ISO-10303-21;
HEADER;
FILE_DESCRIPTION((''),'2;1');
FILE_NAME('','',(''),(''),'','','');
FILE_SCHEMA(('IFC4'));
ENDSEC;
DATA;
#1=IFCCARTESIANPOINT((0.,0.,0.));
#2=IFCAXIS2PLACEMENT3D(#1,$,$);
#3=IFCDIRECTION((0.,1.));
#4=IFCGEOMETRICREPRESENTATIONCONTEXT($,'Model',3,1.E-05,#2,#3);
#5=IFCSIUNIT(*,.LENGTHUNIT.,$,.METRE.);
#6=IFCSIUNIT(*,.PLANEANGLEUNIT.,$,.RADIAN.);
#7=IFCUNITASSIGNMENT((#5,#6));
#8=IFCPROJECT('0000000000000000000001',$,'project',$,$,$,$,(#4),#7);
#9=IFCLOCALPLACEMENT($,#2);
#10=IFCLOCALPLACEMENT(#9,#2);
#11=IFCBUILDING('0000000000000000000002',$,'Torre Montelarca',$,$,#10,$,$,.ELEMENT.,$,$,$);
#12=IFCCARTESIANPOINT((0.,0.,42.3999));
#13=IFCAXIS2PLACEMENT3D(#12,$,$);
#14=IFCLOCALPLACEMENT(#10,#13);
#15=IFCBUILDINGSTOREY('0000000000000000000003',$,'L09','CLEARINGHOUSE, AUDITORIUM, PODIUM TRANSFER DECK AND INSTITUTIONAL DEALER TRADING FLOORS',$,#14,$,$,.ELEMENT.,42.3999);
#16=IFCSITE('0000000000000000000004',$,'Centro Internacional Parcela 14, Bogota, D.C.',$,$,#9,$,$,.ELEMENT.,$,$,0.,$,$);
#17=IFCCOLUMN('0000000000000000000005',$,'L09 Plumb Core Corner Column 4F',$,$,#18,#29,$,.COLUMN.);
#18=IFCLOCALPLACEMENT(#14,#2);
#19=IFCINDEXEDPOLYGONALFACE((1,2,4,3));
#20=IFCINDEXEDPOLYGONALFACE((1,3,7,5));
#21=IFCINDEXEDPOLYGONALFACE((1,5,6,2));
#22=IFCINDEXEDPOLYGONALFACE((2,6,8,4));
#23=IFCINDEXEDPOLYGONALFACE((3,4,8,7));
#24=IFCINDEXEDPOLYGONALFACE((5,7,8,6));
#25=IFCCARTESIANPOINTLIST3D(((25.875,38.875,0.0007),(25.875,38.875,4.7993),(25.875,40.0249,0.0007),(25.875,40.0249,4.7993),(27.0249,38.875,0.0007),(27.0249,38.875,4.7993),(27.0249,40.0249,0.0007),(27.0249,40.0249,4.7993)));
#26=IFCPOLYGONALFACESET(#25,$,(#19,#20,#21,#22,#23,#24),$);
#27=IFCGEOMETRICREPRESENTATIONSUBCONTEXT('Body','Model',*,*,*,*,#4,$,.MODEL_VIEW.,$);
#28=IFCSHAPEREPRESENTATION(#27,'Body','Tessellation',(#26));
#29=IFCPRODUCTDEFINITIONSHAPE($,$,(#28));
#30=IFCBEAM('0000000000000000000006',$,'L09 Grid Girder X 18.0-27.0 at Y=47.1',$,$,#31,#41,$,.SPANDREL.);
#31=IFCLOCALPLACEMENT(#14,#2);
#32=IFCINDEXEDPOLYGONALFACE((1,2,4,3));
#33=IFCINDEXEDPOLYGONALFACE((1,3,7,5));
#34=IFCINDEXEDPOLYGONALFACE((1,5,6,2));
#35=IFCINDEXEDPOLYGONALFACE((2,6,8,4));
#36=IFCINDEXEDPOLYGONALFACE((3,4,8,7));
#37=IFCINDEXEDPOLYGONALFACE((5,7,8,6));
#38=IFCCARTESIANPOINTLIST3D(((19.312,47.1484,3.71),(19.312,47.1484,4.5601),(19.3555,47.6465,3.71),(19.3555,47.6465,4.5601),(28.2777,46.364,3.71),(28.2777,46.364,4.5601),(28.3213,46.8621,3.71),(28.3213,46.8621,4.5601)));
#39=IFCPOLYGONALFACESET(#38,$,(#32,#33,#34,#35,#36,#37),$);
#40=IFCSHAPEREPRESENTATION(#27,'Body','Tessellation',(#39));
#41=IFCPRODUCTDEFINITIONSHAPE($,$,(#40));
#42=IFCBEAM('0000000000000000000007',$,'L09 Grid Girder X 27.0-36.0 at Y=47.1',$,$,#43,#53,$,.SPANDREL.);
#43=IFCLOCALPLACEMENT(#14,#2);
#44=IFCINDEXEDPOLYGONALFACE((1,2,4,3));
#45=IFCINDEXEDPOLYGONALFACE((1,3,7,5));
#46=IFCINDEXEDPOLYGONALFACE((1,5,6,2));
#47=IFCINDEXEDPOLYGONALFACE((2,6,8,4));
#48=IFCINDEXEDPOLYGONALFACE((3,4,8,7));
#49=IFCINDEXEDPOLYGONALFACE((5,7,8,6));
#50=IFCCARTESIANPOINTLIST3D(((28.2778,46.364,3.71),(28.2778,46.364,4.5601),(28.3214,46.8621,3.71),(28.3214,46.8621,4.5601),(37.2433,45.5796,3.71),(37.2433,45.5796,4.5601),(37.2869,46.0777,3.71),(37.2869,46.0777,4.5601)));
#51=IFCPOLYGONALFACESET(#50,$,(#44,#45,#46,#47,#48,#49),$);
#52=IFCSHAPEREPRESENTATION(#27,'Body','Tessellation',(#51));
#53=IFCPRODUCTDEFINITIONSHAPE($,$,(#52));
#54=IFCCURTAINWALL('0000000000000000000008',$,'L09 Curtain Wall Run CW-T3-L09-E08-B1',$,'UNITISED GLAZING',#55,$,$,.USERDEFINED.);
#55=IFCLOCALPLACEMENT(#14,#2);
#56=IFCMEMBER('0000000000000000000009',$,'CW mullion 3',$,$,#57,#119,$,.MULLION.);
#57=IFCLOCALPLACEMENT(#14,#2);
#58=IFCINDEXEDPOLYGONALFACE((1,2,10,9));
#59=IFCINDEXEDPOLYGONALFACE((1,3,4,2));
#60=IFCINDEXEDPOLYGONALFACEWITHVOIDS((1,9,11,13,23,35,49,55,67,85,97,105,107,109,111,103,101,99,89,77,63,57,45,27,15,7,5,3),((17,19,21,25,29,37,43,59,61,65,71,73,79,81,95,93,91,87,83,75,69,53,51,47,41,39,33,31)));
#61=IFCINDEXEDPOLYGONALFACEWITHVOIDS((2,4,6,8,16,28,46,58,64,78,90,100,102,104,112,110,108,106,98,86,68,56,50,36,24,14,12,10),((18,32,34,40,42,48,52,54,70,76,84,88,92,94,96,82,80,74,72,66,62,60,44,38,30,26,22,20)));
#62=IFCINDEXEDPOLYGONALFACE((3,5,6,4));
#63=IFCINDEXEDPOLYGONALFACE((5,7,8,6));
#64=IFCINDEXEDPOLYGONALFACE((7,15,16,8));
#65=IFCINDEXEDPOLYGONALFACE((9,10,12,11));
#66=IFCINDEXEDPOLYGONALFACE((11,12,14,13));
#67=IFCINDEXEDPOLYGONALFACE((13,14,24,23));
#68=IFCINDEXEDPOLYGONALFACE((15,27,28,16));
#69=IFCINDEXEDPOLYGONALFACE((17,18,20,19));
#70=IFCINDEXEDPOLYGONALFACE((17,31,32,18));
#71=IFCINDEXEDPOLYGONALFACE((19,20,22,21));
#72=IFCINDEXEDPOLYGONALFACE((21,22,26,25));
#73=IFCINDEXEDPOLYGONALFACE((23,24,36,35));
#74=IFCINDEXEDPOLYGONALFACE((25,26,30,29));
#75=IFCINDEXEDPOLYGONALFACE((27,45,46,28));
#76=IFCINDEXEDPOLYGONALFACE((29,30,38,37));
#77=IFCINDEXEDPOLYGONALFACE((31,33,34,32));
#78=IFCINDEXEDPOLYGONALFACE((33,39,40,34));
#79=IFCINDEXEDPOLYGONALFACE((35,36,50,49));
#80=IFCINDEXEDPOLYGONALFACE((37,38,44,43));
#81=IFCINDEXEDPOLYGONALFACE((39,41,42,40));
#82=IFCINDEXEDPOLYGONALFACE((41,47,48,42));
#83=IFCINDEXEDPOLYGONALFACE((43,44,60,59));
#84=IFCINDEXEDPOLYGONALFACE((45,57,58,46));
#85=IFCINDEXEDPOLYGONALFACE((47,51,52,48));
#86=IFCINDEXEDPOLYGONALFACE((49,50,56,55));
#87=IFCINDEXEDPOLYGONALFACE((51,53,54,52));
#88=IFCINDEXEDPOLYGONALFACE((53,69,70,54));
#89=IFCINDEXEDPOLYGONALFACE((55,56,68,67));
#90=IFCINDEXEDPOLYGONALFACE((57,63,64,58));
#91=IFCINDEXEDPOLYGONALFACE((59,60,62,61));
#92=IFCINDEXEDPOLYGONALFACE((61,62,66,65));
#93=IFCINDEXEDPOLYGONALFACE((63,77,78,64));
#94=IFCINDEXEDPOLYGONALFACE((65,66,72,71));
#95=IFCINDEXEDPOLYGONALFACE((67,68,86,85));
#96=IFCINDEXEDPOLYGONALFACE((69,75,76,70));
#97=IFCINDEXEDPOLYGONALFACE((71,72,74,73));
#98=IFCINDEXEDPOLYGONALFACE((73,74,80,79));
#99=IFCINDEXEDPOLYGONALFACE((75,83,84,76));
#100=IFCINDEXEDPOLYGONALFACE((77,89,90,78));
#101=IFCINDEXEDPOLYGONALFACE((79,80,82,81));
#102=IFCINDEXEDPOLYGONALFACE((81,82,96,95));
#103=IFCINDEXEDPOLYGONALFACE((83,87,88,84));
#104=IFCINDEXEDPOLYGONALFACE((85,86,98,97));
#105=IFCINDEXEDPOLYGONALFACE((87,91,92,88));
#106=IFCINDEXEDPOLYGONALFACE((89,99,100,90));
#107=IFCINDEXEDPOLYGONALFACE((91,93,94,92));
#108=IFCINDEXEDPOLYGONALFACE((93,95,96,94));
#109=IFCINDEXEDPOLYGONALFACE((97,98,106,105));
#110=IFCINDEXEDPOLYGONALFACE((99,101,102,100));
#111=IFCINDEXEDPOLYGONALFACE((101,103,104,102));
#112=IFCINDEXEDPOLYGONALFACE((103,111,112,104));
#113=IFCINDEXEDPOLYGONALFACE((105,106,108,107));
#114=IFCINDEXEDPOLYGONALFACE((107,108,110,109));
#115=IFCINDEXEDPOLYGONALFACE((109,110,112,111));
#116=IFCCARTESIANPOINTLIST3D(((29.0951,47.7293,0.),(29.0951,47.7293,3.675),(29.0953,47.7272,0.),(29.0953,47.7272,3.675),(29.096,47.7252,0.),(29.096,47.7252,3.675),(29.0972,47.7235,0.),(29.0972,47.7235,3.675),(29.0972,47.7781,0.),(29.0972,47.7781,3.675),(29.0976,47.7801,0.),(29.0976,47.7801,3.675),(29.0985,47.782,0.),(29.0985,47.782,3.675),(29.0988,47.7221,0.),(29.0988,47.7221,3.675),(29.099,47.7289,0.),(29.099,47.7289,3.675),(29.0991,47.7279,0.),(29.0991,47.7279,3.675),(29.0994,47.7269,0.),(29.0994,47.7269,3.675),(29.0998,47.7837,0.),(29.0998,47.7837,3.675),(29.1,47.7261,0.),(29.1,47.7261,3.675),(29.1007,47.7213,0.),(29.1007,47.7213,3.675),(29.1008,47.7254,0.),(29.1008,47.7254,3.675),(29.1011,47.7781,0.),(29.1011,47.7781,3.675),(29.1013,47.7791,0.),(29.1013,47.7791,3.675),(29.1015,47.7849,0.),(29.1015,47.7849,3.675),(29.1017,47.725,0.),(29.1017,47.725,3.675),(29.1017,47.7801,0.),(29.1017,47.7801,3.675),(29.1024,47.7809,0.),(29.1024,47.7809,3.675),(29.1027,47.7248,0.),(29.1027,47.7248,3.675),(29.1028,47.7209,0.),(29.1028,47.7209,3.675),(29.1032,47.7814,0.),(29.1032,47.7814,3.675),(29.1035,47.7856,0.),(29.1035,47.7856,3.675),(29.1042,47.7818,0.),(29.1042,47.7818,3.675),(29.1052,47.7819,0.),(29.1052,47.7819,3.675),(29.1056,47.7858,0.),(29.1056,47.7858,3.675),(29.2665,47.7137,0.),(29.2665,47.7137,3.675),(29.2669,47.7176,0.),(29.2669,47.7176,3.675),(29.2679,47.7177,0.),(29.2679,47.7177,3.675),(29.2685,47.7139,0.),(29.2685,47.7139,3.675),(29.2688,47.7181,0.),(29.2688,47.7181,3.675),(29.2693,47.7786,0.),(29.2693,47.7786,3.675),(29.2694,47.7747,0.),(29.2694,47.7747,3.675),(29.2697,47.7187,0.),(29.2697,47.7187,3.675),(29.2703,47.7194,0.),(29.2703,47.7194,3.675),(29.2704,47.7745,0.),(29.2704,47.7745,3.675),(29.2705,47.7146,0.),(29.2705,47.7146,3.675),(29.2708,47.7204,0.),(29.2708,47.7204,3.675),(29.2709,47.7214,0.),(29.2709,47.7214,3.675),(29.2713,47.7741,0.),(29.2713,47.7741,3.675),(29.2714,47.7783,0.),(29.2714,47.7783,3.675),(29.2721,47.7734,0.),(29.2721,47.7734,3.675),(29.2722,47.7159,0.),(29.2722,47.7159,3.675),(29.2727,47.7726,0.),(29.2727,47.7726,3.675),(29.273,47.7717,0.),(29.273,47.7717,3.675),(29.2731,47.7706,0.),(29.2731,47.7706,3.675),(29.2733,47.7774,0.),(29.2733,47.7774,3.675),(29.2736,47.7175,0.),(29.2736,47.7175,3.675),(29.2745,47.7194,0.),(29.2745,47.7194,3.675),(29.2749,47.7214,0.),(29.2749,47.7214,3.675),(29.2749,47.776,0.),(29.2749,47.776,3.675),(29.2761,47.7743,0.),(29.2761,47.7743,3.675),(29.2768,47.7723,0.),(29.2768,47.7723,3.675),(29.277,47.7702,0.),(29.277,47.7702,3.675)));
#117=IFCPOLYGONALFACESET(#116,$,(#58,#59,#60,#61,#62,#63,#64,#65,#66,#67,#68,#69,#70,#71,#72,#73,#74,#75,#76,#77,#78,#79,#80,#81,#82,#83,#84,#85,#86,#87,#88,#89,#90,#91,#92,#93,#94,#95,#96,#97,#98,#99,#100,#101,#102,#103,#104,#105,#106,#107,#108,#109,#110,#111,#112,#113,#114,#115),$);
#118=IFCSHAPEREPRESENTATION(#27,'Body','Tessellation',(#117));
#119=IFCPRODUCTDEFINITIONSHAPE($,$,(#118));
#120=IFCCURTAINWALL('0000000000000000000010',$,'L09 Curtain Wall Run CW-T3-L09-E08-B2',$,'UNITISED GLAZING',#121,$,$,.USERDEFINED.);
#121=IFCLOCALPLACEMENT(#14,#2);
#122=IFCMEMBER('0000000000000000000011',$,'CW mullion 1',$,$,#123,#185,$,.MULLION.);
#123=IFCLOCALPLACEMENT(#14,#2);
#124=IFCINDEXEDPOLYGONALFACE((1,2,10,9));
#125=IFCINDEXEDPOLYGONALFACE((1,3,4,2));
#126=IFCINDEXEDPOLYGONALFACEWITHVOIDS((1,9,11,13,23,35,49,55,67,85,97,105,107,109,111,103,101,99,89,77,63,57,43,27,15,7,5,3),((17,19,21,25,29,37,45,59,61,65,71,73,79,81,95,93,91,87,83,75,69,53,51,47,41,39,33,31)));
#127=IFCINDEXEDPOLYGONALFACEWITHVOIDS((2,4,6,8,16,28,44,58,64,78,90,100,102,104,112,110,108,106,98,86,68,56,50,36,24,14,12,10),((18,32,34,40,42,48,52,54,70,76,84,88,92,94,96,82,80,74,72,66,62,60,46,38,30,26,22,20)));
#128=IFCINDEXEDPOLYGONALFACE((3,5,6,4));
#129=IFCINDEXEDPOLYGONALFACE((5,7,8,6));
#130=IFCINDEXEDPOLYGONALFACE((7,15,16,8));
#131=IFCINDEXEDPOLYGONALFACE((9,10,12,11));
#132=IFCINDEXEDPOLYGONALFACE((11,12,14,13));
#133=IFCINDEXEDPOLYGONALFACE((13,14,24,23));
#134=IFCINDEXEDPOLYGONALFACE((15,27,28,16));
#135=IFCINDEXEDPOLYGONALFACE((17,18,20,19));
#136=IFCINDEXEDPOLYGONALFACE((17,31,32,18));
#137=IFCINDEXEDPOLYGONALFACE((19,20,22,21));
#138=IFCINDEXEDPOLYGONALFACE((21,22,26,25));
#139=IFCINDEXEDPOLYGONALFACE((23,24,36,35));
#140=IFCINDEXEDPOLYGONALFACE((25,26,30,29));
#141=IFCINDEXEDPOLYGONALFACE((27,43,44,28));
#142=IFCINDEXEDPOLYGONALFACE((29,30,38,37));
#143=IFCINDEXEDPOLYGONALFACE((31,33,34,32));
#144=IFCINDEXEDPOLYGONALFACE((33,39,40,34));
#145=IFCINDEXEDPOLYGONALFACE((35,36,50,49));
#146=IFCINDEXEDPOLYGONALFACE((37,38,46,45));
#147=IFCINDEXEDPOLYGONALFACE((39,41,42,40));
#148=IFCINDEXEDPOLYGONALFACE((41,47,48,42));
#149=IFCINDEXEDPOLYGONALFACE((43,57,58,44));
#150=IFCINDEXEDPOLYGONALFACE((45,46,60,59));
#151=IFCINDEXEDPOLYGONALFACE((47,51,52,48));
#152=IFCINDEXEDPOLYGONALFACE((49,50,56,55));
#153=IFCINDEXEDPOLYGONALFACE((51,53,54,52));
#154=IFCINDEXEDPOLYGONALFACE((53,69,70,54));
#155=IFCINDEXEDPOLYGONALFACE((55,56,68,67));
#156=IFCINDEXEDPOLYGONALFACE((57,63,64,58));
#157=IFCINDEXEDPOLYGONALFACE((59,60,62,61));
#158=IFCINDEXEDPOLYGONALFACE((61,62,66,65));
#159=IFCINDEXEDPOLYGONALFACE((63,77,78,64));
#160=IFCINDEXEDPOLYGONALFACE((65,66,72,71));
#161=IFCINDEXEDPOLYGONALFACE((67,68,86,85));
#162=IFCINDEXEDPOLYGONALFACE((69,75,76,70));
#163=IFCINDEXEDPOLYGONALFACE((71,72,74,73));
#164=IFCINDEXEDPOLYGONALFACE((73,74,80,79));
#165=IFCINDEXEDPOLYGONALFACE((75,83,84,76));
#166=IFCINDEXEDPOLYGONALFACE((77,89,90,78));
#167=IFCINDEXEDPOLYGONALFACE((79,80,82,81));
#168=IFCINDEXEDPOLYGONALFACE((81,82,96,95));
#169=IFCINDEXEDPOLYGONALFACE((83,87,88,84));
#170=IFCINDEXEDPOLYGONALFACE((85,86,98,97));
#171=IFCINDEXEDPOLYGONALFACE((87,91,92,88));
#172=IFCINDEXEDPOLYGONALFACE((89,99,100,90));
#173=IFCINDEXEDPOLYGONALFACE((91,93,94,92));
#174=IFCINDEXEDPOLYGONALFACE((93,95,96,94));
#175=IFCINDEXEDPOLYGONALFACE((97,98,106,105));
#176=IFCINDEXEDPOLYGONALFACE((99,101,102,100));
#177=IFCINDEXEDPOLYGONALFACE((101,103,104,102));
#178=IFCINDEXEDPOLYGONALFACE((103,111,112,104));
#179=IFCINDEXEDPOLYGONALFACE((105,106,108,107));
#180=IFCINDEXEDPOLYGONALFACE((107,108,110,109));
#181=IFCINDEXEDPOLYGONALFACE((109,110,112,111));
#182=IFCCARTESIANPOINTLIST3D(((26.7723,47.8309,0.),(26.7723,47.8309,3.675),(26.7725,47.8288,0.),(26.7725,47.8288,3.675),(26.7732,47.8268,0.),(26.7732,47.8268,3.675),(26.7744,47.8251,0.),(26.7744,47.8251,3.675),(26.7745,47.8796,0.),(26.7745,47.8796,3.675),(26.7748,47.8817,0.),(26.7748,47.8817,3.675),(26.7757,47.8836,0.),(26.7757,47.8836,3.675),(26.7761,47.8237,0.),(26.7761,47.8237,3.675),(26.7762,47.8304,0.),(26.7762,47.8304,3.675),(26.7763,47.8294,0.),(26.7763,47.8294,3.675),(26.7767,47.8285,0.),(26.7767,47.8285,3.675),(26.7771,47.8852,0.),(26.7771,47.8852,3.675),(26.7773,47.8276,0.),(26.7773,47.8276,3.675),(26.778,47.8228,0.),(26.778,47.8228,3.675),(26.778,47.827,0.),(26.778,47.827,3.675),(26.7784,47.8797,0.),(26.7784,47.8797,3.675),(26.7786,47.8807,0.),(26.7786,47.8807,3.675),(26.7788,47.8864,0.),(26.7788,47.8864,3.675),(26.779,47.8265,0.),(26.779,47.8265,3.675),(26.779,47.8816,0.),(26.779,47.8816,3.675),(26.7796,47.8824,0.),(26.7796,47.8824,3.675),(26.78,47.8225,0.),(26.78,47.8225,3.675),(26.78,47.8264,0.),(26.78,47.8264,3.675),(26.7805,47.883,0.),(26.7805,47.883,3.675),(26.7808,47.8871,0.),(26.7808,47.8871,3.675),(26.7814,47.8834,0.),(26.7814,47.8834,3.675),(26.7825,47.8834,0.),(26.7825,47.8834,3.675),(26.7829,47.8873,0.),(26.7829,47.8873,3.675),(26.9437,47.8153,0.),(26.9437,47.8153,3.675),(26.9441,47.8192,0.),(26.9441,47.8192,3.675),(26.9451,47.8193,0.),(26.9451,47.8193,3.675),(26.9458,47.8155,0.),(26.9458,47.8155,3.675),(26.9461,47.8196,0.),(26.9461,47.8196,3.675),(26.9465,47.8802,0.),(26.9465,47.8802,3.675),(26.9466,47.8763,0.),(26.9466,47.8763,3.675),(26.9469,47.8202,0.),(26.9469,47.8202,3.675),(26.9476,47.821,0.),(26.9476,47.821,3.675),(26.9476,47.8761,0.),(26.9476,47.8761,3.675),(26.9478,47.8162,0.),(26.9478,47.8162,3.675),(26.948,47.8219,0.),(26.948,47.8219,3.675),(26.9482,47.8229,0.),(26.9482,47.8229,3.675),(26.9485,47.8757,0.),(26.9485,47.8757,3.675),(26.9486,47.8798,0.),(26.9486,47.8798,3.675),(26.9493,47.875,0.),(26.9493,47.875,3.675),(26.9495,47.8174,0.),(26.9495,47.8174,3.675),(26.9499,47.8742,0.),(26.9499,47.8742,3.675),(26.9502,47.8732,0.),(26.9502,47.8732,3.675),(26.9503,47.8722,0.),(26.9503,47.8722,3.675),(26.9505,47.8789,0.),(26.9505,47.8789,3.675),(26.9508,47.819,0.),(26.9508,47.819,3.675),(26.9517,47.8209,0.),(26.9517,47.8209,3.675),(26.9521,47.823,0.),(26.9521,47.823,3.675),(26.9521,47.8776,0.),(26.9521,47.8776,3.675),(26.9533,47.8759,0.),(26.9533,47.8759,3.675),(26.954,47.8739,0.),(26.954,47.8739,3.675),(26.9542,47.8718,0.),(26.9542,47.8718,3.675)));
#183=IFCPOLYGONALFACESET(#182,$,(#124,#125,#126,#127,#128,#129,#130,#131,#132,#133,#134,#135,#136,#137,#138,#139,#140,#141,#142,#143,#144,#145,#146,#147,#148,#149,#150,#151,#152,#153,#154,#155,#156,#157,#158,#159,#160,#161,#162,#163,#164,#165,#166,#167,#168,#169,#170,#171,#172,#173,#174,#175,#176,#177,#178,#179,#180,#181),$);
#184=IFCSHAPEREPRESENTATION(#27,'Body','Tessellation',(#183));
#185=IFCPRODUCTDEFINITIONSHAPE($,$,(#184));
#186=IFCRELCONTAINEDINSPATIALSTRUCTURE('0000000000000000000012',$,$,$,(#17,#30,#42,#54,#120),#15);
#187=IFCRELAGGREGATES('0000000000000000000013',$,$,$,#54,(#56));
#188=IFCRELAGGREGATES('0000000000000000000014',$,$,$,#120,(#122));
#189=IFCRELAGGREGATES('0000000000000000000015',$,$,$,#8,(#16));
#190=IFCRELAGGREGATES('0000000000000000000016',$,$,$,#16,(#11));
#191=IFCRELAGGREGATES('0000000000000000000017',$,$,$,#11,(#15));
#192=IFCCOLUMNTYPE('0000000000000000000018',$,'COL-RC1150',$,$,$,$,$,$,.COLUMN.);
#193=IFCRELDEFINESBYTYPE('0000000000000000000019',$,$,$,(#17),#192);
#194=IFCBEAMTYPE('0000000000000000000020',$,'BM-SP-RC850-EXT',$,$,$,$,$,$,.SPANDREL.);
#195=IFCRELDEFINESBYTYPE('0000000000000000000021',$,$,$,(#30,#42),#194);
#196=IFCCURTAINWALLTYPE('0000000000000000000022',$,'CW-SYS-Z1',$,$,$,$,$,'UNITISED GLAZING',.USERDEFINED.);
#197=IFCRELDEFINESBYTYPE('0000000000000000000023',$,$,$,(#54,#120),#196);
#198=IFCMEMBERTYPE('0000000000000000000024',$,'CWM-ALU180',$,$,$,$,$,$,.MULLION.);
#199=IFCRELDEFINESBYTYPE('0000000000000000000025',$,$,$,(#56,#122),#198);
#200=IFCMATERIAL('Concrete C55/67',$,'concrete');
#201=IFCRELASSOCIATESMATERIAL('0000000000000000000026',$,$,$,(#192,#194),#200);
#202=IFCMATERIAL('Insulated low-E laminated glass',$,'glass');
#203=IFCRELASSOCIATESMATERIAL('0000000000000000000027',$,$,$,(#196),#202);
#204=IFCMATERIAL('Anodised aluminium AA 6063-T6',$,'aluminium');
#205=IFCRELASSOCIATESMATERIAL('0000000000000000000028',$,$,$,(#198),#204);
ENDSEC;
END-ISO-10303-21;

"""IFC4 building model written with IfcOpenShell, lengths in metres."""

from ifc_helpers import new_model, si_unit, direction, frame, origin, origin_2d, place, context, subcontext, project, spatial, rectangle, hollow_rectangle, extrude, source, transform, mapped, material, material_profile, profile_set, type_object, element, aggregate, save


model = new_model("IFC4")

# Units and contexts
model_context = context("Model", 3, precision=1e-05, world=origin(), true_north=direction((0.0, 1.0)))
body_context = subcontext(model_context, "Body", "Model", "MODEL_VIEW")
ifc_project = project(units=[si_unit("LENGTHUNIT", "METRE"), si_unit("PLANEANGLEUNIT", "RADIAN")], contexts=[model_context])

# Site, building, storey
site_placement = place(None, origin())
site = spatial("IfcSite", under=ifc_project, at=site_placement, Name="Centro Internacional Parcela 14, Bogota, D.C.", CompositionType="ELEMENT", RefElevation=0.0)
building_placement = place(site_placement, origin())
building = spatial("IfcBuilding", under=site, at=building_placement, Name="Torre Montelarca", CompositionType="ELEMENT")
storey_placement = place(building_placement, frame((0.0, 0.0, 42.3999)))
storey = spatial("IfcBuildingStorey", under=building, at=storey_placement, Name="L09", Description="CLEARINGHOUSE, AUDITORIUM, PODIUM TRANSFER DECK AND INSTITUTIONAL DEALER TRADING FLOORS", CompositionType="ELEMENT", Elevation=42.3999)

# Column
ifc_material_1 = material(Name="Concrete C55/67", Category="concrete")
ifc_material_profile_1 = material_profile(ifc_material_1, rectangle(XDim=1.1499, YDim=1.1499, at=origin_2d()), Name="RC1150X1150", Category="concrete")
ifc_profile_set_1 = profile_set([ifc_material_profile_1], Name="Concrete C55/67")
column_type_1 = type_object("IfcColumnType", Name="COL-RC1150", PredefinedType="COLUMN", material=ifc_profile_set_1)
shared_shape_1 = source(origin(), body_context, "Body", "SweptSolid", [
    extrude(rectangle(XDim=1.1499, YDim=1.1499, at=origin_2d()), origin(), (0.0, 0.0, 1.0), 4.7986),
])
column_1_placement = place(storey_placement, frame((26.45, 39.45, 0.0007), z_axis=(0.0, 0.0, 1.0), x_axis=(1.0, 0.0, 0.0)))
element("IfcColumn", 1, at=column_1_placement, inside=storey, type_object=column_type_1, Name="L09 Plumb Core Corner Column 4F", PredefinedType="COLUMN", context=body_context, shape_type="MappedRepresentation", body=[
    mapped(shared_shape_1, transform((0.0, 0.0, 0.0), scale=1.0)),
])

# Beams
ifc_material_profile_2 = material_profile(ifc_material_1, rectangle(XDim=0.5, YDim=0.8501, at=origin_2d()), Name="RCB500X850", Category="concrete")
ifc_profile_set_2 = profile_set([ifc_material_profile_2], Name="Concrete C55/67")
beam_type = type_object("IfcBeamType", Name="BM-SP-RC850-EXT", PredefinedType="SPANDREL", material=ifc_profile_set_2)
shared_shape_2 = source(origin(), body_context, "Body", "SweptSolid", [
    extrude(rectangle(XDim=0.5, YDim=0.8501, at=origin_2d()), origin(), (0.0, 0.0, 1.0), 9.0),
])
beam_1_placement = place(storey_placement, frame((19.3337, 47.3975, 4.135), z_axis=(0.996195, -0.087158, 0.0), x_axis=(0.087158, 0.996195, 0.0)))
element("IfcBeam", 2, at=beam_1_placement, inside=storey, type_object=beam_type, Name="L09 Grid Girder X 18.0-27.0 at Y=47.1", PredefinedType="SPANDREL", context=body_context, shape_type="MappedRepresentation", body=[
    mapped(shared_shape_2, transform((0.0, 0.0, 0.0), scale=1.0)),
])
shared_shape_3 = source(origin(), body_context, "Body", "SweptSolid", [
    extrude(rectangle(XDim=0.5, YDim=0.8501, at=origin_2d()), origin(), (0.0, 0.0, 1.0), 8.9998),
])
beam_2_placement = place(storey_placement, frame((28.2996, 46.613, 4.135), z_axis=(0.996194, -0.08716, 0.0), x_axis=(0.08716, 0.996194, 0.0)))
element("IfcBeam", 3, at=beam_2_placement, inside=storey, type_object=beam_type, Name="L09 Grid Girder X 27.0-36.0 at Y=47.1", PredefinedType="SPANDREL", context=body_context, shape_type="MappedRepresentation", body=[
    mapped(shared_shape_3, transform((0.0, 0.0, 0.0), scale=1.0)),
])

# Curtain wall, member
ifc_material_2 = material(Name="Insulated low-E laminated glass", Category="glass")
curtain_wall_type = type_object("IfcCurtainWallType", Name="CW-SYS-Z1", ElementType="UNITISED GLAZING", PredefinedType="USERDEFINED", material=ifc_material_2)
curtain_wall_1_placement = place(storey_placement, origin())
curtain_wall_1 = element("IfcCurtainWall", 4, at=curtain_wall_1_placement, inside=storey, type_object=curtain_wall_type, Name="L09 Curtain Wall Run CW-T3-L09-E08-B1", ObjectType="UNITISED GLAZING", PredefinedType="USERDEFINED")
ifc_material_3 = material(Name="Anodised aluminium AA 6063-T6", Category="aluminium")
ifc_material_profile_3 = material_profile(ifc_material_3, hollow_rectangle(XDim=0.0649, YDim=0.1799, WallThickness=0.0039, InnerFilletRadius=0.0039, OuterFilletRadius=0.0081, at=origin_2d()), Name="ALU65X180X4", Category="aluminium")
ifc_profile_set_3 = profile_set([ifc_material_profile_3], Name="Anodised aluminium AA 6063-T6")
member_type_1 = type_object("IfcMemberType", Name="CWM-ALU180", PredefinedType="MULLION", material=ifc_profile_set_3)
shared_shape_4 = source(origin(), body_context, "Body", "SweptSolid", [
    extrude(hollow_rectangle(XDim=0.0649, YDim=0.1799, WallThickness=0.0039, InnerFilletRadius=0.0039, OuterFilletRadius=0.0081, at=origin_2d()), origin(), (0.0, 0.0, 1.0), 3.675),
])
member_1_placement = place(storey_placement, frame((29.186, 47.7498, 0.0), z_axis=(0.0, 0.0, 1.0), x_axis=(-0.04362, -0.999048, 0.0)))
member_1 = element("IfcMember", 5, at=member_1_placement, type_object=member_type_1, Name="CW mullion 3", PredefinedType="MULLION", context=body_context, shape_type="MappedRepresentation", body=[
    mapped(shared_shape_4, transform((0.0, 0.0, 0.0), scale=1.0)),
])
aggregate(curtain_wall_1, [member_1])

# Curtain wall, member
curtain_wall_2_placement = place(storey_placement, origin())
curtain_wall_2 = element("IfcCurtainWall", 6, at=curtain_wall_2_placement, inside=storey, type_object=curtain_wall_type, Name="L09 Curtain Wall Run CW-T3-L09-E08-B2", ObjectType="UNITISED GLAZING", PredefinedType="USERDEFINED")
member_2_placement = place(storey_placement, frame((26.8633, 47.8513, 0.0), z_axis=(0.0, 0.0, 1.0), x_axis=(-0.043622, -0.999048, 0.0)))
member_2 = element("IfcMember", 7, at=member_2_placement, type_object=member_type_1, Name="CW mullion 1", PredefinedType="MULLION", context=body_context, shape_type="MappedRepresentation", body=[
    mapped(shared_shape_4, transform((0.0, 0.0, 0.0), scale=1.0)),
])
aggregate(curtain_wall_2, [member_2])

save(model, "model.ifc")
